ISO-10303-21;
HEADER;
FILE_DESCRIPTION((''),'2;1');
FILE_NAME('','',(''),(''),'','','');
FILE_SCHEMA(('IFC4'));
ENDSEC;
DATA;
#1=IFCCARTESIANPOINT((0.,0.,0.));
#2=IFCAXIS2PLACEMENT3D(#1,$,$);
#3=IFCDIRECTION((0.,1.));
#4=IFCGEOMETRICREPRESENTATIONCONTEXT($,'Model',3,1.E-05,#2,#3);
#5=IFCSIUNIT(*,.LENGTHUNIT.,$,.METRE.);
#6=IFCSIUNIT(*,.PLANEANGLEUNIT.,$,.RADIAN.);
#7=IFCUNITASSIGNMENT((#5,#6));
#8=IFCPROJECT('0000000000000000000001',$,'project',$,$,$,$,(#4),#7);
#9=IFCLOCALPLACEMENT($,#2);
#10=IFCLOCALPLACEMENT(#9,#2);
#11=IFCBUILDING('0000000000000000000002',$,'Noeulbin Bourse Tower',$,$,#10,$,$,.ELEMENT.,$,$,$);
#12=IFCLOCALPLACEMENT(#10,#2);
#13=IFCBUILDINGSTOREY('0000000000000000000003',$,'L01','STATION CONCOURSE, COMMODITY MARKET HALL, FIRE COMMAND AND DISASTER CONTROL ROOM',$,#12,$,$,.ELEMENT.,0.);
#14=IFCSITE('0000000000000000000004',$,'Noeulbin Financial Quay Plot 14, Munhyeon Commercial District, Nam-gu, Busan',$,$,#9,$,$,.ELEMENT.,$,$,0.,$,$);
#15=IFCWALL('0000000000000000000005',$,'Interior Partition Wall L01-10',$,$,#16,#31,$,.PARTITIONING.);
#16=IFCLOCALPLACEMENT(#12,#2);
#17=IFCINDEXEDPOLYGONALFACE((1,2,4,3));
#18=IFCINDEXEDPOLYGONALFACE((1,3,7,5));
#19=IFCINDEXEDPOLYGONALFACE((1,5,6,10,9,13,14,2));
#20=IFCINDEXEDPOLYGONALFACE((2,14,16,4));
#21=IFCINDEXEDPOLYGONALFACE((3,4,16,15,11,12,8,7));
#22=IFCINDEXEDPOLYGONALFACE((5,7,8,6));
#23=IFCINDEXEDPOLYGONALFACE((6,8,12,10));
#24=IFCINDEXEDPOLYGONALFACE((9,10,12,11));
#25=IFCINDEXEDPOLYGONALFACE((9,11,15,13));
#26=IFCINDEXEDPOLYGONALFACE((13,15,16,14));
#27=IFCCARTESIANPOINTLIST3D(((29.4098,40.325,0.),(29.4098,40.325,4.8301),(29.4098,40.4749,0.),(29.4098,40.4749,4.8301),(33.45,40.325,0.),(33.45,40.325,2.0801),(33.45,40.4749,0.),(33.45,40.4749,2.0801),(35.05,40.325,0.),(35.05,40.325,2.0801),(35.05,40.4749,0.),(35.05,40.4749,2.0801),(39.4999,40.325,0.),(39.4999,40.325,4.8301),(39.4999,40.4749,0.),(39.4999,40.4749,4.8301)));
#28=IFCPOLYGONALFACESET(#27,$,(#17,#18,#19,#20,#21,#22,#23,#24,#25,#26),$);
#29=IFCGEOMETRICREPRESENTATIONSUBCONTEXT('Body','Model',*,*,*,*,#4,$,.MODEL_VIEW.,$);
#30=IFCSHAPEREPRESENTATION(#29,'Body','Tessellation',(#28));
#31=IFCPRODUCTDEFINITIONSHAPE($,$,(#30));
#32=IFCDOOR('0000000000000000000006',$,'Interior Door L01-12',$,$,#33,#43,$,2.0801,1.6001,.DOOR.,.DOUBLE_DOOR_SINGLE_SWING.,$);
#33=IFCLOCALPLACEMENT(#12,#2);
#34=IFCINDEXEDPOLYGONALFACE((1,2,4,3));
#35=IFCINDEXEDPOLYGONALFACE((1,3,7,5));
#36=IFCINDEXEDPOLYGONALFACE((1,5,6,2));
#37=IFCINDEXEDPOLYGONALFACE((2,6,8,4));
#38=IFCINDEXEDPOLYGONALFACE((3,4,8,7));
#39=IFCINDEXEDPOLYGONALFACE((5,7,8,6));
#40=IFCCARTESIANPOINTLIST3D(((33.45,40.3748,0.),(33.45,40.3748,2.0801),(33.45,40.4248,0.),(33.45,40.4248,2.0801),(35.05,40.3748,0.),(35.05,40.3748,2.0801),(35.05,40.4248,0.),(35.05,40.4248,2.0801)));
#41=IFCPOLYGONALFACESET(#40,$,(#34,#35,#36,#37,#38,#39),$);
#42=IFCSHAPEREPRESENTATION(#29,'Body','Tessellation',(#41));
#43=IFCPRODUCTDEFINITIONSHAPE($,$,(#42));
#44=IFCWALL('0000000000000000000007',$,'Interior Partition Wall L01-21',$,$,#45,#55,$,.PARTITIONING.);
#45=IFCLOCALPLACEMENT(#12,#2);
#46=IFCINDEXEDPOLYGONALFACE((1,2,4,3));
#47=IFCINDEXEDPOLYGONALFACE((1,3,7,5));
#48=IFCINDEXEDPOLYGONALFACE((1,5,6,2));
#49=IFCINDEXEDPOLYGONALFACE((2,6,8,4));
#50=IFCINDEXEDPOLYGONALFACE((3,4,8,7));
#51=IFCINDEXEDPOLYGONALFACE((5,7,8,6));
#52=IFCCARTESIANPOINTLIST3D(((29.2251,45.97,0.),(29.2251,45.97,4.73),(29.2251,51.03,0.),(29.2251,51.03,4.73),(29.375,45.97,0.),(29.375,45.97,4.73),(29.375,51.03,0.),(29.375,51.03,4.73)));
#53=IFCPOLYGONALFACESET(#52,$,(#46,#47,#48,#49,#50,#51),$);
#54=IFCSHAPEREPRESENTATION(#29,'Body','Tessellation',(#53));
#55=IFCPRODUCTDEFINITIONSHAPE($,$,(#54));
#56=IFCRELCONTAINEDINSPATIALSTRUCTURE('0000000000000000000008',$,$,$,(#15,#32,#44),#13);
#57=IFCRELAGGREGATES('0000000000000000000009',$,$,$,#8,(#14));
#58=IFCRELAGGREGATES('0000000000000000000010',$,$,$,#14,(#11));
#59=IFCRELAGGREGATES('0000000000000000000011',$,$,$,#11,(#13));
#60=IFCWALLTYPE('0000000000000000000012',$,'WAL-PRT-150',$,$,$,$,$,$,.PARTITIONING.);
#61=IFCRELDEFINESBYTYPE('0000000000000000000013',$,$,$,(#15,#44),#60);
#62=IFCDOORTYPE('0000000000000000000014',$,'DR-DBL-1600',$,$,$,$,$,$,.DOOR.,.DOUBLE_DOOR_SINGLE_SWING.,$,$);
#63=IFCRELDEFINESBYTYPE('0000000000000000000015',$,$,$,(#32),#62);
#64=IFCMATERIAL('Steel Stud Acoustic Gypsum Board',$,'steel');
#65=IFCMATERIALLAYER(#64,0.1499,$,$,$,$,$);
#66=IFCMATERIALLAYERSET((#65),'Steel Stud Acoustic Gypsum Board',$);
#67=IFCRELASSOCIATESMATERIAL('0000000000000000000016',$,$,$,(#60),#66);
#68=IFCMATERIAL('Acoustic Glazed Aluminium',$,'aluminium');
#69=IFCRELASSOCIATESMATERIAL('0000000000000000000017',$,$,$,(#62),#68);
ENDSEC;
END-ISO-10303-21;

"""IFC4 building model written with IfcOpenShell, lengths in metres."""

from ifc_helpers import new_model, si_unit, direction, frame, frame_2d, origin, place, context, subcontext, project, spatial, rectangle, extrude, material, layer, layer_set, type_object, element, fill, save


model = new_model("IFC4")

# Units and contexts
model_context = context("Model", 3, precision=1e-05, world=origin(), true_north=direction((0.0, 1.0)))
body_context = subcontext(model_context, "Body", "Model", "MODEL_VIEW")
ifc_project = project(units=[si_unit("LENGTHUNIT", "METRE"), si_unit("PLANEANGLEUNIT", "RADIAN")], contexts=[model_context])

# Site, building, storey
site_placement = place(None, origin())
site = spatial("IfcSite", under=ifc_project, at=site_placement, Name="Noeulbin Financial Quay Plot 14, Munhyeon Commercial District, Nam-gu, Busan", CompositionType="ELEMENT", RefElevation=0.0)
building_placement = place(site_placement, origin())
building = spatial("IfcBuilding", under=site, at=building_placement, Name="Noeulbin Bourse Tower", CompositionType="ELEMENT")
storey_placement = place(building_placement, origin())
storey = spatial("IfcBuildingStorey", under=building, at=storey_placement, Name="L01", Description="STATION CONCOURSE, COMMODITY MARKET HALL, FIRE COMMAND AND DISASTER CONTROL ROOM", CompositionType="ELEMENT", Elevation=0.0)

# Wall, opening, door
ifc_material_1 = material(Name="Steel Stud Acoustic Gypsum Board", Category="steel")
ifc_layer = layer(ifc_material_1, 0.1499)
ifc_layer_set = layer_set([ifc_layer], Name="Steel Stud Acoustic Gypsum Board")
wall_type = type_object("IfcWallType", Name="WAL-PRT-150", PredefinedType="PARTITIONING", material=ifc_layer_set)
wall_1_placement = place(storey_placement, frame((29.4099, 40.3999, 0.0), z_axis=(0.0, 0.0, 1.0), x_axis=(1.0, 0.0, 0.0)))
wall_1 = element("IfcWall", 1, at=wall_1_placement, inside=storey, type_object=wall_type, Name="Interior Partition Wall L01-10", PredefinedType="PARTITIONING", context=body_context, shape_type="SweptSolid", body=[
    extrude(rectangle(XDim=10.0901, YDim=0.1499, at=frame_2d((5.0449, 0.0))), origin(), (0.0, 0.0, 1.0), 4.8301),
])
opening_placement = place(wall_1_placement, frame((4.04, 0.0, 0.0)))
opening = element("IfcOpeningElement", 2, at=opening_placement, cuts=wall_1, PredefinedType="OPENING", context=body_context, shape_type="SweptSolid", body=[
    extrude(rectangle(XDim=1.6001, YDim=2.0801, at=frame_2d((0.8, 1.04))), frame((0.0, 0.085, 0.0), z_axis=(0.0, -1.0, 0.0), x_axis=(1.0, 0.0, 0.0)), (0.0, 0.0, 1.0), 0.1699),
])
ifc_material_2 = material(Name="Acoustic Glazed Aluminium", Category="aluminium")
door_type = type_object("IfcDoorType", Name="DR-DBL-1600", OperationType="DOUBLE_DOOR_SINGLE_SWING", PredefinedType="DOOR", material=ifc_material_2)
door_placement = place(opening_placement, origin())
door = element("IfcDoor", 3, at=door_placement, inside=storey, type_object=door_type, Name="Interior Door L01-12", OperationType="DOUBLE_DOOR_SINGLE_SWING", OverallHeight=2.0801, OverallWidth=1.6001, PredefinedType="DOOR", context=body_context, shape_type="SweptSolid", body=[
    extrude(rectangle(XDim=1.6001, YDim=2.0801, at=frame_2d((0.8, 1.04))), frame((0.0, 0.0249, 0.0), z_axis=(0.0, -1.0, 0.0), x_axis=(1.0, 0.0, 0.0)), (0.0, 0.0, 1.0), 0.05),
])
fill(opening, door)

# Wall
wall_2_placement = place(storey_placement, frame((29.3, 45.97, 0.0), z_axis=(0.0, 0.0, 1.0), x_axis=(0.0, 1.0, 0.0)))
element("IfcWall", 4, at=wall_2_placement, inside=storey, type_object=wall_type, Name="Interior Partition Wall L01-21", PredefinedType="PARTITIONING", context=body_context, shape_type="SweptSolid", body=[
    extrude(rectangle(XDim=5.0601, YDim=0.1499, at=frame_2d((2.53, 0.0))), origin(), (0.0, 0.0, 1.0), 4.73),
])

save(model, "model.ifc")
